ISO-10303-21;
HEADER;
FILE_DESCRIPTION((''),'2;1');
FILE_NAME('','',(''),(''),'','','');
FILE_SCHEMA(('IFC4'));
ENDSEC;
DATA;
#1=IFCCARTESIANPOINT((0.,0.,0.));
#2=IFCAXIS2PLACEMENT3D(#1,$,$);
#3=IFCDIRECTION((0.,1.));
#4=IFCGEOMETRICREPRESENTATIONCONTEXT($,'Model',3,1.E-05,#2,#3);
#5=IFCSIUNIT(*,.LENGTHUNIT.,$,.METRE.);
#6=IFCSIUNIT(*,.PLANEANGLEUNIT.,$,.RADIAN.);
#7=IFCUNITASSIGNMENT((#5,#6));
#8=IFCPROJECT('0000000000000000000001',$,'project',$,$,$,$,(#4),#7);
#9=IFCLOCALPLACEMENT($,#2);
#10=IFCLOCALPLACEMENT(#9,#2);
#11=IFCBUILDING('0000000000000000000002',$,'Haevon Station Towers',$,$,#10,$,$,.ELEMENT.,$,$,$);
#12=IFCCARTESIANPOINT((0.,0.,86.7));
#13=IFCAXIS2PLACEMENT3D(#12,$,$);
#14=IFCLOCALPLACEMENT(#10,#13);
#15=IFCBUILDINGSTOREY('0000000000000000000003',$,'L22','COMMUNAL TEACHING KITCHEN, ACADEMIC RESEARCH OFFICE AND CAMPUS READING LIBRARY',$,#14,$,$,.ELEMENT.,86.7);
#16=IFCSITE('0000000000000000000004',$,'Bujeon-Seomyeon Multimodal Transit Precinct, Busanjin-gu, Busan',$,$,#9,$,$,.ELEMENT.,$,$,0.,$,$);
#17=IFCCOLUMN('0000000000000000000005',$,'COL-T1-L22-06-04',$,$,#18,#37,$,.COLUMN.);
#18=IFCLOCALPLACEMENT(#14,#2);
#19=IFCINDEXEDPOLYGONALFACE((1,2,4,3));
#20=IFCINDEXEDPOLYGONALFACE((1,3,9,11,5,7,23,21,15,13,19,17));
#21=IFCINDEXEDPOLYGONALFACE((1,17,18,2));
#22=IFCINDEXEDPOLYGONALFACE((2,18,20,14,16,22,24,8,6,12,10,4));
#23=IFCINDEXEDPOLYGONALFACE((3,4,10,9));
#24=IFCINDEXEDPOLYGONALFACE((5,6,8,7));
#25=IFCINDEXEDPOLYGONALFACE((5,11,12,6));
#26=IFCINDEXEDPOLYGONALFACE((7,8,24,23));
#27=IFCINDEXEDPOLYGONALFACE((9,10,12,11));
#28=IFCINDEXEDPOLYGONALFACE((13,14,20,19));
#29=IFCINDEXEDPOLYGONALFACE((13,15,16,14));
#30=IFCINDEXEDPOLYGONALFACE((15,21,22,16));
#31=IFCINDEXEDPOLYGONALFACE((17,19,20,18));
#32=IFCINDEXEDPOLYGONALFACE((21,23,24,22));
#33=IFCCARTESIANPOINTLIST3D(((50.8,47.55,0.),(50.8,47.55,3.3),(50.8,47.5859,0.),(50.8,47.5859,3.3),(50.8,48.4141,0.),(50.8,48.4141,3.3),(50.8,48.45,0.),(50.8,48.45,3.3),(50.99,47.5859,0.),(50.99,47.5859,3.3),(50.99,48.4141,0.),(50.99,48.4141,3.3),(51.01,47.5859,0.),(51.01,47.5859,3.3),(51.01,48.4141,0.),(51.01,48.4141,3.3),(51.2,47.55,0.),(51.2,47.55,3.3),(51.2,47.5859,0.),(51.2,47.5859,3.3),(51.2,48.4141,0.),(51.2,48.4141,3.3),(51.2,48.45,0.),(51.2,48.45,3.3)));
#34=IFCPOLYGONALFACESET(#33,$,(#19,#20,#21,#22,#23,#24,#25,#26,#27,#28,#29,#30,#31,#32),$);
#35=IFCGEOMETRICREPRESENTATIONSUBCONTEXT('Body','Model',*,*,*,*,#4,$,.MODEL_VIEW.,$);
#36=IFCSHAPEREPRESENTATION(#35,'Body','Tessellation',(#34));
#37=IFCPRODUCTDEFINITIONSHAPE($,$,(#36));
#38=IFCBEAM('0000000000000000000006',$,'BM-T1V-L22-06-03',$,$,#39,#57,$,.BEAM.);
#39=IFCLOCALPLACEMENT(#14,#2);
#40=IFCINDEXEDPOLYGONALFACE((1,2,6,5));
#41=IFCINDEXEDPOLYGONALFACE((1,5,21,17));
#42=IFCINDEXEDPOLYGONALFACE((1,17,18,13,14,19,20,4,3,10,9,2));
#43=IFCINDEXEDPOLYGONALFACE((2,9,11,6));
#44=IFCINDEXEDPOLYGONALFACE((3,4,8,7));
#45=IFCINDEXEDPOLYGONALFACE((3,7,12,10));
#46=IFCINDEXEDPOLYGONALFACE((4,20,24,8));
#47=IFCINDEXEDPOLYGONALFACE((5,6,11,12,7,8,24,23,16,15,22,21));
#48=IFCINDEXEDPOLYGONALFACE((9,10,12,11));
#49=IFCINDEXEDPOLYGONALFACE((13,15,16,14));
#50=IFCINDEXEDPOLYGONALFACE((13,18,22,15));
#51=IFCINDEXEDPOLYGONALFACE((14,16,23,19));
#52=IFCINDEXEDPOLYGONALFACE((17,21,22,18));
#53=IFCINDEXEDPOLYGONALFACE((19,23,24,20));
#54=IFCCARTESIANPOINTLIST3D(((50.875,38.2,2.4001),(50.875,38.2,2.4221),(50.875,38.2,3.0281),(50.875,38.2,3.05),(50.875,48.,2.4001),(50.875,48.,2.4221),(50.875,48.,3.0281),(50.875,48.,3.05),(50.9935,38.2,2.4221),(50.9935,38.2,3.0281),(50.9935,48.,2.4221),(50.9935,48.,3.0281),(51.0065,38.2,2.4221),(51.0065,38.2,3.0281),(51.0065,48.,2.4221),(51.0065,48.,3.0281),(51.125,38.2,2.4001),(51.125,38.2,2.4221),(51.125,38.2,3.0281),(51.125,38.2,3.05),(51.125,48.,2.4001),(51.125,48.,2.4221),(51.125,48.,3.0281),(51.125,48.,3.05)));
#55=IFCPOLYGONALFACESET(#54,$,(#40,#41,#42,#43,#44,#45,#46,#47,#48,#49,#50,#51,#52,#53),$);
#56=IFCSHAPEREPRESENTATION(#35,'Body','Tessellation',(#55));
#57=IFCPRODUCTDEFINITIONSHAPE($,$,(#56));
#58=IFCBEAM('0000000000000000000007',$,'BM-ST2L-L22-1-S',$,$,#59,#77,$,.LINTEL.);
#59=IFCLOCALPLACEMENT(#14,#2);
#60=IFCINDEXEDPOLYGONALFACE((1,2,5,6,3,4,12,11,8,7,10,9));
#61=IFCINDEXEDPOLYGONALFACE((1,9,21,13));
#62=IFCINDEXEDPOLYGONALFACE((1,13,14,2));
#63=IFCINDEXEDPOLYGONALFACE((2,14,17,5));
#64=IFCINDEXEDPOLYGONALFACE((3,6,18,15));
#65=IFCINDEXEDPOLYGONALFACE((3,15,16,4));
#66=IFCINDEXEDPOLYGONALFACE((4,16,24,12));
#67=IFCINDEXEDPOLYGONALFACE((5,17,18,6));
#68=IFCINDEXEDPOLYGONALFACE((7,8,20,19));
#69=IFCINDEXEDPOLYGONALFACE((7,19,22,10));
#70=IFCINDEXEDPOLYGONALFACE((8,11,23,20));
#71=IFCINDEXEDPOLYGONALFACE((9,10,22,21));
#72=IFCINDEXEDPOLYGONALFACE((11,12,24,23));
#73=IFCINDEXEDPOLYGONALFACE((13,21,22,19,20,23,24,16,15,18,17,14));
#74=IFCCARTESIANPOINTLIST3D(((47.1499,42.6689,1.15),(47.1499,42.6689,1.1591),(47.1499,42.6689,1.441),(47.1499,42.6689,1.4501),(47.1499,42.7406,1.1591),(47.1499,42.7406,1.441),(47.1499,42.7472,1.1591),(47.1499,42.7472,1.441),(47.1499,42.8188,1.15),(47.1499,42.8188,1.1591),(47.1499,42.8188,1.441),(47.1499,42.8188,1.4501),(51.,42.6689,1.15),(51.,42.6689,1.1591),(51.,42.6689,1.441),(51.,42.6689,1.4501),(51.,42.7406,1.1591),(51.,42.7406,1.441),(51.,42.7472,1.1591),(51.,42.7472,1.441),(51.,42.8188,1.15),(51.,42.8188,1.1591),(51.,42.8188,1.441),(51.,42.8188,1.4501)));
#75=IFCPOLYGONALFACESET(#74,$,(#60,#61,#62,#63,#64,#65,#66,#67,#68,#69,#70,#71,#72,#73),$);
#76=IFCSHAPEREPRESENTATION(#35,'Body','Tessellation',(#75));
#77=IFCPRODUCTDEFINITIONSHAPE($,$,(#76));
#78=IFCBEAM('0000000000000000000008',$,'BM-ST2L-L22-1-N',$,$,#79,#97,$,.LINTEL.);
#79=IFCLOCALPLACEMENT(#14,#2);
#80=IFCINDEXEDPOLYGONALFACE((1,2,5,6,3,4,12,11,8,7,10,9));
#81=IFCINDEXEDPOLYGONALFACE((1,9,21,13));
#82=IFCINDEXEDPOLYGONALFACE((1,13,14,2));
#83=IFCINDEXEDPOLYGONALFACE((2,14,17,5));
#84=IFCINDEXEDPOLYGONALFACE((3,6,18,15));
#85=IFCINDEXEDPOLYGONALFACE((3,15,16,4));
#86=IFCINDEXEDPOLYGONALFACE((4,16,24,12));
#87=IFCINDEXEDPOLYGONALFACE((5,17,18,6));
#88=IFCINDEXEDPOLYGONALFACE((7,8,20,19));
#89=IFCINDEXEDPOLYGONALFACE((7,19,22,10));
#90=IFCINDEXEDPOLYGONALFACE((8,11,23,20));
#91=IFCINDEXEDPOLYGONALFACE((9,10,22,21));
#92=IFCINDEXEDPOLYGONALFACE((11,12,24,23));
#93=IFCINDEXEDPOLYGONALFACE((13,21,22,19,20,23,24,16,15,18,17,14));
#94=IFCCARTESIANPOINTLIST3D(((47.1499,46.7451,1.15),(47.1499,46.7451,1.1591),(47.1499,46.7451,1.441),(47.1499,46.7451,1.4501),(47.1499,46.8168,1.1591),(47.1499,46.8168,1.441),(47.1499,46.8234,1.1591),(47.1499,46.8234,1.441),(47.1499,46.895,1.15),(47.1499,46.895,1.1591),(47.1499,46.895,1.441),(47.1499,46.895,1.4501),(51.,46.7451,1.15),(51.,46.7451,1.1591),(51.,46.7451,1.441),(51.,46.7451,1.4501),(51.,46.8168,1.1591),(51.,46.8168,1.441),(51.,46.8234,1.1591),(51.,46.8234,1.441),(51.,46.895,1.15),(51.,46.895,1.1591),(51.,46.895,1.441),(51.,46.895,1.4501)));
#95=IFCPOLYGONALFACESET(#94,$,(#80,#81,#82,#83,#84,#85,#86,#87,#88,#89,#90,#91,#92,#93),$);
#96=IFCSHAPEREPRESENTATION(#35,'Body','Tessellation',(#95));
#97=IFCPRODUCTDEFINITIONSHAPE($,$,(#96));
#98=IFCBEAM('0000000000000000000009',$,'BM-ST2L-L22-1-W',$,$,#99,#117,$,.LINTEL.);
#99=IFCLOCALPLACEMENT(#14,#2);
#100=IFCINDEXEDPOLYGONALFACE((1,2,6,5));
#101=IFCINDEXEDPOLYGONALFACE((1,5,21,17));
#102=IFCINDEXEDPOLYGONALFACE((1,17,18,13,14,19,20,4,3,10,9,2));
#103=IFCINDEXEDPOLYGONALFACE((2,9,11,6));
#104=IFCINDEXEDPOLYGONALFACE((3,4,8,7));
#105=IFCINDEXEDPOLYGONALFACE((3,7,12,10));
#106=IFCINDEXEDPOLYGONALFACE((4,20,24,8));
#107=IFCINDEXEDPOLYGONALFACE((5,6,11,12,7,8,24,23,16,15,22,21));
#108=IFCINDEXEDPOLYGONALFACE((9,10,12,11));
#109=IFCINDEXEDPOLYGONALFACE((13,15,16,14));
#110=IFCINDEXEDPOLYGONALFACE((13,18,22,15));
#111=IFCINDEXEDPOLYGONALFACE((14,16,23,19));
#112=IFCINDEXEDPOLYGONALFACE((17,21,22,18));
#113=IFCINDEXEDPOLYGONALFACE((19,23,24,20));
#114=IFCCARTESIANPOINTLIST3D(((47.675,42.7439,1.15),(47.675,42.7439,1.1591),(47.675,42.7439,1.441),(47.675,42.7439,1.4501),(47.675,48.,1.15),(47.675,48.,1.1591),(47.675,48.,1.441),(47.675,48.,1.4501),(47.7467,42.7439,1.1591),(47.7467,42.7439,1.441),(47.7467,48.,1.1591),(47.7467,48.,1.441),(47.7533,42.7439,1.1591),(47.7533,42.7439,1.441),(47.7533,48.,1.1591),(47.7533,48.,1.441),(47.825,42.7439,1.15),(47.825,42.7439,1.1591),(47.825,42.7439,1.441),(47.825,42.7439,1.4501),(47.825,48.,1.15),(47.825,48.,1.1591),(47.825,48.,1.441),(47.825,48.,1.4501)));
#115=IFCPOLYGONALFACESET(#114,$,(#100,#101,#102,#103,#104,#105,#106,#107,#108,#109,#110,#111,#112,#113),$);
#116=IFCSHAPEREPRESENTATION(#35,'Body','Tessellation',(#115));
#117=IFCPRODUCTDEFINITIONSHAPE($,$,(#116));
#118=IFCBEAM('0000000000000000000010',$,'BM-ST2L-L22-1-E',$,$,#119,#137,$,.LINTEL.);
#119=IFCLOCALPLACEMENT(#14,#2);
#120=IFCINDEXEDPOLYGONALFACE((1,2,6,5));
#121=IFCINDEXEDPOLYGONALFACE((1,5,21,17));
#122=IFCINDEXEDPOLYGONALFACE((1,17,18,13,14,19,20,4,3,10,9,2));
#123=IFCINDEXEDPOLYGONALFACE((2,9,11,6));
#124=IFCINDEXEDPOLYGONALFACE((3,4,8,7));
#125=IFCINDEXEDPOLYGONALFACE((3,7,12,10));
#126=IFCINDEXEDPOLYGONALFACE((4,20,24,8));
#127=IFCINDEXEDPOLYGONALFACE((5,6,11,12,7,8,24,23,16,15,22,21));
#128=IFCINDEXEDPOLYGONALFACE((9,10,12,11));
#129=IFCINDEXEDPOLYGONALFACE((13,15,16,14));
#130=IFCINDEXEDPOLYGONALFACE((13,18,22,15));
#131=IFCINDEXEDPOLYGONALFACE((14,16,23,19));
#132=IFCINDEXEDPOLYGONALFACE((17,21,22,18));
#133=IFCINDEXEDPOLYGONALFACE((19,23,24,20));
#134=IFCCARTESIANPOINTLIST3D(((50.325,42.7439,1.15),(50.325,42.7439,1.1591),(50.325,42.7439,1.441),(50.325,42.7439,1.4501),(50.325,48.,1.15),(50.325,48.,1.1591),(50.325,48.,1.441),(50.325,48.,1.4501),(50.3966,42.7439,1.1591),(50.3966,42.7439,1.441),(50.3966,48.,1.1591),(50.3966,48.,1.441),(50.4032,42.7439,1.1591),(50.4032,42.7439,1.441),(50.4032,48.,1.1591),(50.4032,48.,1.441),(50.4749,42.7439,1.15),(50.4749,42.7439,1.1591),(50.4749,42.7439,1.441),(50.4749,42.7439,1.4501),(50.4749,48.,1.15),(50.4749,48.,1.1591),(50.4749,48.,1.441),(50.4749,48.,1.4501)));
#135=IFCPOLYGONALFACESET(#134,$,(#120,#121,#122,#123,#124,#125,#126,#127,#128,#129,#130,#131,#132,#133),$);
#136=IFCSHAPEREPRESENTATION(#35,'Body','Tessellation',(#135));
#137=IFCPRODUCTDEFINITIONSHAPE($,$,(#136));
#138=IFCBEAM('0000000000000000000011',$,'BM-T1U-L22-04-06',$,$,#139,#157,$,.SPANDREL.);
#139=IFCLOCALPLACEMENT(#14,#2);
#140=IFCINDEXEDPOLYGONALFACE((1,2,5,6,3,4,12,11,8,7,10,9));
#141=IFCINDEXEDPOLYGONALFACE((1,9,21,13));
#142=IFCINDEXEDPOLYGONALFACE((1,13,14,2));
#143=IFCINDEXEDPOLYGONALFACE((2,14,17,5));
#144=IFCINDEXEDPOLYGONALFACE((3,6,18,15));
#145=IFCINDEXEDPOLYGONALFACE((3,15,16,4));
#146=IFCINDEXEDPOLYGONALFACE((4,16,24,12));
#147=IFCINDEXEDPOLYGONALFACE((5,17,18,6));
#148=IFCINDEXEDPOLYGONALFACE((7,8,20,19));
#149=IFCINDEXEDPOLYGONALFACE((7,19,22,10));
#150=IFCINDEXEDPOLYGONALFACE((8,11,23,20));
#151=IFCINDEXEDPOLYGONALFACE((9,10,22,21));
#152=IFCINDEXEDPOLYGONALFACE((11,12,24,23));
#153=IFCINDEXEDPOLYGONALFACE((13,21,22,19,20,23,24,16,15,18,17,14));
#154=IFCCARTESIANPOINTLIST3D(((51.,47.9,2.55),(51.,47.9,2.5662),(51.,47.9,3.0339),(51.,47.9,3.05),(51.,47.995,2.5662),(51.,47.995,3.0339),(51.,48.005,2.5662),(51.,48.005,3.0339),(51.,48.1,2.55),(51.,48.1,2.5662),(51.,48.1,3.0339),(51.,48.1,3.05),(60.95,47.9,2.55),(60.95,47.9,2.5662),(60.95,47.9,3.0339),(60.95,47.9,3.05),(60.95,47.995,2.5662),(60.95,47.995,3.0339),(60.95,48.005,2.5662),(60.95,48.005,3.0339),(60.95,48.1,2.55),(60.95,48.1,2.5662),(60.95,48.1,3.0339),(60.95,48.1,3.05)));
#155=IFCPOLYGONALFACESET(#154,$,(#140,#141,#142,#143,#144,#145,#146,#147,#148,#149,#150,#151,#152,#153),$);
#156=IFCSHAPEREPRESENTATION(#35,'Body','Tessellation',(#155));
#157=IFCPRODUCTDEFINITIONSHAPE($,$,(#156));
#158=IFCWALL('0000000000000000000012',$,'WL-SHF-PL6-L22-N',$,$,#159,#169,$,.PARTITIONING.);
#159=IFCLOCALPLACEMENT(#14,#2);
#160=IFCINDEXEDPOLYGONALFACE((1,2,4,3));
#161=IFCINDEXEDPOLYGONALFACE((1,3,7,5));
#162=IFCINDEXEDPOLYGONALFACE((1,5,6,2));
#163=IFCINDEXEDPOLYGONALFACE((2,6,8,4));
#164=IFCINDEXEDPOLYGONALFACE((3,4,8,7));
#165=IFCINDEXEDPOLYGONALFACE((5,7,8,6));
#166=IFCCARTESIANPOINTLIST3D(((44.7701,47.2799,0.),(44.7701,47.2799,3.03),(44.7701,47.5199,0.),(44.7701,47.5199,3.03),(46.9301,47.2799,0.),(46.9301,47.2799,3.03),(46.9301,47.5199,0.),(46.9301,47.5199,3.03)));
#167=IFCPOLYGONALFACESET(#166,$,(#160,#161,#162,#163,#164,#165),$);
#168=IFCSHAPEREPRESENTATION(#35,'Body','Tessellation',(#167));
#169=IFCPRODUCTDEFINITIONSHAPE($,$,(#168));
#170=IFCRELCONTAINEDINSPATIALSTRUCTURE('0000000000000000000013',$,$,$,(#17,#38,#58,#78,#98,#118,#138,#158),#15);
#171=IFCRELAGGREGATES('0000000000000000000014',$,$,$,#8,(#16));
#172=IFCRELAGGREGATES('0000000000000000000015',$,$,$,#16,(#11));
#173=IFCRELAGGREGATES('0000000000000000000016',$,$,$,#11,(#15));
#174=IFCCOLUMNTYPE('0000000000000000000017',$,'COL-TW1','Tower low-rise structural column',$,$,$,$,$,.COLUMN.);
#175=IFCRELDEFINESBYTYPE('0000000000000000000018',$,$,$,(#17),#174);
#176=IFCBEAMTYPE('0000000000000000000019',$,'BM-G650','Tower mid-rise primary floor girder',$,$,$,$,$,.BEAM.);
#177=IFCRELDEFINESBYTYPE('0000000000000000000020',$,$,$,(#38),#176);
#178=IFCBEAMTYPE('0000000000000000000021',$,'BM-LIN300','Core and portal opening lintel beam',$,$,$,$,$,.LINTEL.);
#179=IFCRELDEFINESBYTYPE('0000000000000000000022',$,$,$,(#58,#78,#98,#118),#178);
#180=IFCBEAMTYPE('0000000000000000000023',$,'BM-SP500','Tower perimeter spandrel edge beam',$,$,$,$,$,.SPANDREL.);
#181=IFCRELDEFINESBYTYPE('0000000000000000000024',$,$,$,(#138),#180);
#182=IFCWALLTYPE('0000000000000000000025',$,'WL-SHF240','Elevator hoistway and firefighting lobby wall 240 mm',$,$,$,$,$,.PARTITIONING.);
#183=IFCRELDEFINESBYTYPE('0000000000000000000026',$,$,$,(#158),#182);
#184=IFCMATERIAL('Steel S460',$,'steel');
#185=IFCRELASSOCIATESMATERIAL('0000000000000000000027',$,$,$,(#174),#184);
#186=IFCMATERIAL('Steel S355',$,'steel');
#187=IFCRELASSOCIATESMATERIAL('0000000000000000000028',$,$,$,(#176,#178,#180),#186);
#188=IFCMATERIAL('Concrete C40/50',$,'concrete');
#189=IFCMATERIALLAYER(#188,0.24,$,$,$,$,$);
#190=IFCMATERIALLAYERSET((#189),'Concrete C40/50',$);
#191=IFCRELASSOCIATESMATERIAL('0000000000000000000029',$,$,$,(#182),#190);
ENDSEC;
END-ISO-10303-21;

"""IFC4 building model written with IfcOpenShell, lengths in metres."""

from ifc_helpers import new_model, si_unit, direction, frame, frame_2d, origin, origin_2d, place, context, subcontext, project, spatial, rectangle, i_section, extrude, material, layer, layer_set, material_profile, profile_set, type_object, element, save


model = new_model("IFC4")

# Units and contexts
model_context = context("Model", 3, precision=1e-05, world=origin(), true_north=direction((0.0, 1.0)))
body_context = subcontext(model_context, "Body", "Model", "MODEL_VIEW")
ifc_project = project(units=[si_unit("LENGTHUNIT", "METRE"), si_unit("PLANEANGLEUNIT", "RADIAN")], contexts=[model_context])

# Site, building, storey
site_placement = place(None, origin())
site = spatial("IfcSite", under=ifc_project, at=site_placement, Name="Bujeon-Seomyeon Multimodal Transit Precinct, Busanjin-gu, Busan", CompositionType="ELEMENT", RefElevation=0.0)
building_placement = place(site_placement, origin())
building = spatial("IfcBuilding", under=site, at=building_placement, Name="Haevon Station Towers", CompositionType="ELEMENT")
storey_placement = place(building_placement, frame((0.0, 0.0, 86.7)))
storey = spatial("IfcBuildingStorey", under=building, at=storey_placement, Name="L22", Description="COMMUNAL TEACHING KITCHEN, ACADEMIC RESEARCH OFFICE AND CAMPUS READING LIBRARY", CompositionType="ELEMENT", Elevation=86.7)

# Column
ifc_material_1 = material(Name="Steel S460", Category="steel")
ifc_material_profile_1 = material_profile(ifc_material_1, i_section(OverallWidth=0.3999, OverallDepth=0.8999, WebThickness=0.02, FlangeThickness=0.0359, at=origin_2d()), Name="H-900x400x20x36")
ifc_profile_set_1 = profile_set([ifc_material_profile_1], Name="Steel S460")
column_type = type_object("IfcColumnType", Name="COL-TW1", Description="Tower low-rise structural column", PredefinedType="COLUMN", material=ifc_profile_set_1)
column_placement = place(storey_placement, frame((51.0, 48.0, 0.0), z_axis=(0.0, 0.0, 1.0), x_axis=(1.0, 0.0, 0.0)))
element("IfcColumn", 1, at=column_placement, inside=storey, type_object=column_type, Name="COL-T1-L22-06-04", PredefinedType="COLUMN", context=body_context, shape_type="SweptSolid", body=[
    extrude(i_section(OverallWidth=0.3999, OverallDepth=0.8999, WebThickness=0.02, FlangeThickness=0.0359, at=origin_2d()), origin(), (0.0, 0.0, 1.0), 3.3),
])

# Beams
ifc_material_2 = material(Name="Steel S355", Category="steel")
ifc_material_profile_2 = material_profile(ifc_material_2, i_section(OverallWidth=0.25, OverallDepth=0.6499, WebThickness=0.0129, FlangeThickness=0.022, at=origin_2d()), Name="H-650x250x13x22")
ifc_profile_set_2 = profile_set([ifc_material_profile_2], Name="Steel S355")
beam_type_1 = type_object("IfcBeamType", Name="BM-G650", Description="Tower mid-rise primary floor girder", PredefinedType="BEAM", material=ifc_profile_set_2)
beam_1_placement = place(storey_placement, frame((51.0, 38.2, 2.7251), z_axis=(0.0, 1.0, 0.0), x_axis=(-1.0, 0.0, 0.0)))
element("IfcBeam", 2, at=beam_1_placement, inside=storey, type_object=beam_type_1, Name="BM-T1V-L22-06-03", PredefinedType="BEAM", context=body_context, shape_type="SweptSolid", body=[
    extrude(i_section(OverallWidth=0.25, OverallDepth=0.6499, WebThickness=0.0129, FlangeThickness=0.022, at=origin_2d()), origin(), (0.0, 0.0, 1.0), 9.8),
])
ifc_material_profile_3 = material_profile(ifc_material_2, i_section(OverallWidth=0.1499, OverallDepth=0.3, WebThickness=0.0066, FlangeThickness=0.009, at=origin_2d()), Name="H-300x150x6.5x9")
ifc_profile_set_3 = profile_set([ifc_material_profile_3], Name="Steel S355")
beam_type_2 = type_object("IfcBeamType", Name="BM-LIN300", Description="Core and portal opening lintel beam", PredefinedType="LINTEL", material=ifc_profile_set_3)
for number, where, z_axis, x_axis, name in (
    (3, (47.1499, 42.7439, 1.3), (1.0, 0.0, 0.0), (0.0, 1.0, 0.0), "BM-ST2L-L22-1-S"),
    (4, (47.1499, 46.8201, 1.3), (1.0, 0.0, 0.0), (0.0, 1.0, 0.0), "BM-ST2L-L22-1-N"),
):
    element("IfcBeam", number, at=place(storey_placement, frame(where, z_axis=z_axis, x_axis=x_axis)), inside=storey, type_object=beam_type_2, Name=name, PredefinedType="LINTEL", context=body_context, shape_type="SweptSolid", body=[
        extrude(i_section(OverallWidth=0.1499, OverallDepth=0.3, WebThickness=0.0066, FlangeThickness=0.009, at=origin_2d()), origin(), (0.0, 0.0, 1.0), 3.8501),
    ])
for number, where, z_axis, x_axis, name in (
    (5, (47.75, 42.7439, 1.3), (0.0, 1.0, 0.0), (-1.0, 0.0, 0.0), "BM-ST2L-L22-1-W"),
    (6, (50.3999, 42.7439, 1.3), (0.0, 1.0, 0.0), (-1.0, 0.0, 0.0), "BM-ST2L-L22-1-E"),
):
    element("IfcBeam", number, at=place(storey_placement, frame(where, z_axis=z_axis, x_axis=x_axis)), inside=storey, type_object=beam_type_2, Name=name, PredefinedType="LINTEL", context=body_context, shape_type="SweptSolid", body=[
        extrude(i_section(OverallWidth=0.1499, OverallDepth=0.3, WebThickness=0.0066, FlangeThickness=0.009, at=origin_2d()), origin(), (0.0, 0.0, 1.0), 5.2561),
    ])
ifc_material_profile_4 = material_profile(ifc_material_2, i_section(OverallWidth=0.2, OverallDepth=0.5, WebThickness=0.01, FlangeThickness=0.0161, at=origin_2d()), Name="H-500x200x10x16")
ifc_profile_set_4 = profile_set([ifc_material_profile_4], Name="Steel S355")
beam_type_3 = type_object("IfcBeamType", Name="BM-SP500", Description="Tower perimeter spandrel edge beam", PredefinedType="SPANDREL", material=ifc_profile_set_4)
beam_2_placement = place(storey_placement, frame((51.0, 48.0, 2.8), z_axis=(1.0, 0.0, 0.0), x_axis=(0.0, 1.0, 0.0)))
element("IfcBeam", 7, at=beam_2_placement, inside=storey, type_object=beam_type_3, Name="BM-T1U-L22-04-06", PredefinedType="SPANDREL", context=body_context, shape_type="SweptSolid", body=[
    extrude(i_section(OverallWidth=0.2, OverallDepth=0.5, WebThickness=0.01, FlangeThickness=0.0161, at=origin_2d()), origin(), (0.0, 0.0, 1.0), 9.95),
])

# Wall
ifc_material_3 = material(Name="Concrete C40/50", Category="concrete")
ifc_layer = layer(ifc_material_3, 0.24)
ifc_layer_set = layer_set([ifc_layer], Name="Concrete C40/50")
wall_type = type_object("IfcWallType", Name="WL-SHF240", Description="Elevator hoistway and firefighting lobby wall 240 mm", PredefinedType="PARTITIONING", material=ifc_layer_set)
wall_placement = place(storey_placement, frame((44.77, 47.3999, 0.0), z_axis=(0.0, 0.0, 1.0), x_axis=(1.0, 0.0, 0.0)))
element("IfcWall", 8, at=wall_placement, inside=storey, type_object=wall_type, Name="WL-SHF-PL6-L22-N", PredefinedType="PARTITIONING", context=body_context, shape_type="SweptSolid", body=[
    extrude(rectangle(XDim=2.1599, YDim=0.24, at=frame_2d((1.0801, 0.0))), origin(), (0.0, 0.0, 1.0), 3.03),
])

save(model, "model.ifc")
